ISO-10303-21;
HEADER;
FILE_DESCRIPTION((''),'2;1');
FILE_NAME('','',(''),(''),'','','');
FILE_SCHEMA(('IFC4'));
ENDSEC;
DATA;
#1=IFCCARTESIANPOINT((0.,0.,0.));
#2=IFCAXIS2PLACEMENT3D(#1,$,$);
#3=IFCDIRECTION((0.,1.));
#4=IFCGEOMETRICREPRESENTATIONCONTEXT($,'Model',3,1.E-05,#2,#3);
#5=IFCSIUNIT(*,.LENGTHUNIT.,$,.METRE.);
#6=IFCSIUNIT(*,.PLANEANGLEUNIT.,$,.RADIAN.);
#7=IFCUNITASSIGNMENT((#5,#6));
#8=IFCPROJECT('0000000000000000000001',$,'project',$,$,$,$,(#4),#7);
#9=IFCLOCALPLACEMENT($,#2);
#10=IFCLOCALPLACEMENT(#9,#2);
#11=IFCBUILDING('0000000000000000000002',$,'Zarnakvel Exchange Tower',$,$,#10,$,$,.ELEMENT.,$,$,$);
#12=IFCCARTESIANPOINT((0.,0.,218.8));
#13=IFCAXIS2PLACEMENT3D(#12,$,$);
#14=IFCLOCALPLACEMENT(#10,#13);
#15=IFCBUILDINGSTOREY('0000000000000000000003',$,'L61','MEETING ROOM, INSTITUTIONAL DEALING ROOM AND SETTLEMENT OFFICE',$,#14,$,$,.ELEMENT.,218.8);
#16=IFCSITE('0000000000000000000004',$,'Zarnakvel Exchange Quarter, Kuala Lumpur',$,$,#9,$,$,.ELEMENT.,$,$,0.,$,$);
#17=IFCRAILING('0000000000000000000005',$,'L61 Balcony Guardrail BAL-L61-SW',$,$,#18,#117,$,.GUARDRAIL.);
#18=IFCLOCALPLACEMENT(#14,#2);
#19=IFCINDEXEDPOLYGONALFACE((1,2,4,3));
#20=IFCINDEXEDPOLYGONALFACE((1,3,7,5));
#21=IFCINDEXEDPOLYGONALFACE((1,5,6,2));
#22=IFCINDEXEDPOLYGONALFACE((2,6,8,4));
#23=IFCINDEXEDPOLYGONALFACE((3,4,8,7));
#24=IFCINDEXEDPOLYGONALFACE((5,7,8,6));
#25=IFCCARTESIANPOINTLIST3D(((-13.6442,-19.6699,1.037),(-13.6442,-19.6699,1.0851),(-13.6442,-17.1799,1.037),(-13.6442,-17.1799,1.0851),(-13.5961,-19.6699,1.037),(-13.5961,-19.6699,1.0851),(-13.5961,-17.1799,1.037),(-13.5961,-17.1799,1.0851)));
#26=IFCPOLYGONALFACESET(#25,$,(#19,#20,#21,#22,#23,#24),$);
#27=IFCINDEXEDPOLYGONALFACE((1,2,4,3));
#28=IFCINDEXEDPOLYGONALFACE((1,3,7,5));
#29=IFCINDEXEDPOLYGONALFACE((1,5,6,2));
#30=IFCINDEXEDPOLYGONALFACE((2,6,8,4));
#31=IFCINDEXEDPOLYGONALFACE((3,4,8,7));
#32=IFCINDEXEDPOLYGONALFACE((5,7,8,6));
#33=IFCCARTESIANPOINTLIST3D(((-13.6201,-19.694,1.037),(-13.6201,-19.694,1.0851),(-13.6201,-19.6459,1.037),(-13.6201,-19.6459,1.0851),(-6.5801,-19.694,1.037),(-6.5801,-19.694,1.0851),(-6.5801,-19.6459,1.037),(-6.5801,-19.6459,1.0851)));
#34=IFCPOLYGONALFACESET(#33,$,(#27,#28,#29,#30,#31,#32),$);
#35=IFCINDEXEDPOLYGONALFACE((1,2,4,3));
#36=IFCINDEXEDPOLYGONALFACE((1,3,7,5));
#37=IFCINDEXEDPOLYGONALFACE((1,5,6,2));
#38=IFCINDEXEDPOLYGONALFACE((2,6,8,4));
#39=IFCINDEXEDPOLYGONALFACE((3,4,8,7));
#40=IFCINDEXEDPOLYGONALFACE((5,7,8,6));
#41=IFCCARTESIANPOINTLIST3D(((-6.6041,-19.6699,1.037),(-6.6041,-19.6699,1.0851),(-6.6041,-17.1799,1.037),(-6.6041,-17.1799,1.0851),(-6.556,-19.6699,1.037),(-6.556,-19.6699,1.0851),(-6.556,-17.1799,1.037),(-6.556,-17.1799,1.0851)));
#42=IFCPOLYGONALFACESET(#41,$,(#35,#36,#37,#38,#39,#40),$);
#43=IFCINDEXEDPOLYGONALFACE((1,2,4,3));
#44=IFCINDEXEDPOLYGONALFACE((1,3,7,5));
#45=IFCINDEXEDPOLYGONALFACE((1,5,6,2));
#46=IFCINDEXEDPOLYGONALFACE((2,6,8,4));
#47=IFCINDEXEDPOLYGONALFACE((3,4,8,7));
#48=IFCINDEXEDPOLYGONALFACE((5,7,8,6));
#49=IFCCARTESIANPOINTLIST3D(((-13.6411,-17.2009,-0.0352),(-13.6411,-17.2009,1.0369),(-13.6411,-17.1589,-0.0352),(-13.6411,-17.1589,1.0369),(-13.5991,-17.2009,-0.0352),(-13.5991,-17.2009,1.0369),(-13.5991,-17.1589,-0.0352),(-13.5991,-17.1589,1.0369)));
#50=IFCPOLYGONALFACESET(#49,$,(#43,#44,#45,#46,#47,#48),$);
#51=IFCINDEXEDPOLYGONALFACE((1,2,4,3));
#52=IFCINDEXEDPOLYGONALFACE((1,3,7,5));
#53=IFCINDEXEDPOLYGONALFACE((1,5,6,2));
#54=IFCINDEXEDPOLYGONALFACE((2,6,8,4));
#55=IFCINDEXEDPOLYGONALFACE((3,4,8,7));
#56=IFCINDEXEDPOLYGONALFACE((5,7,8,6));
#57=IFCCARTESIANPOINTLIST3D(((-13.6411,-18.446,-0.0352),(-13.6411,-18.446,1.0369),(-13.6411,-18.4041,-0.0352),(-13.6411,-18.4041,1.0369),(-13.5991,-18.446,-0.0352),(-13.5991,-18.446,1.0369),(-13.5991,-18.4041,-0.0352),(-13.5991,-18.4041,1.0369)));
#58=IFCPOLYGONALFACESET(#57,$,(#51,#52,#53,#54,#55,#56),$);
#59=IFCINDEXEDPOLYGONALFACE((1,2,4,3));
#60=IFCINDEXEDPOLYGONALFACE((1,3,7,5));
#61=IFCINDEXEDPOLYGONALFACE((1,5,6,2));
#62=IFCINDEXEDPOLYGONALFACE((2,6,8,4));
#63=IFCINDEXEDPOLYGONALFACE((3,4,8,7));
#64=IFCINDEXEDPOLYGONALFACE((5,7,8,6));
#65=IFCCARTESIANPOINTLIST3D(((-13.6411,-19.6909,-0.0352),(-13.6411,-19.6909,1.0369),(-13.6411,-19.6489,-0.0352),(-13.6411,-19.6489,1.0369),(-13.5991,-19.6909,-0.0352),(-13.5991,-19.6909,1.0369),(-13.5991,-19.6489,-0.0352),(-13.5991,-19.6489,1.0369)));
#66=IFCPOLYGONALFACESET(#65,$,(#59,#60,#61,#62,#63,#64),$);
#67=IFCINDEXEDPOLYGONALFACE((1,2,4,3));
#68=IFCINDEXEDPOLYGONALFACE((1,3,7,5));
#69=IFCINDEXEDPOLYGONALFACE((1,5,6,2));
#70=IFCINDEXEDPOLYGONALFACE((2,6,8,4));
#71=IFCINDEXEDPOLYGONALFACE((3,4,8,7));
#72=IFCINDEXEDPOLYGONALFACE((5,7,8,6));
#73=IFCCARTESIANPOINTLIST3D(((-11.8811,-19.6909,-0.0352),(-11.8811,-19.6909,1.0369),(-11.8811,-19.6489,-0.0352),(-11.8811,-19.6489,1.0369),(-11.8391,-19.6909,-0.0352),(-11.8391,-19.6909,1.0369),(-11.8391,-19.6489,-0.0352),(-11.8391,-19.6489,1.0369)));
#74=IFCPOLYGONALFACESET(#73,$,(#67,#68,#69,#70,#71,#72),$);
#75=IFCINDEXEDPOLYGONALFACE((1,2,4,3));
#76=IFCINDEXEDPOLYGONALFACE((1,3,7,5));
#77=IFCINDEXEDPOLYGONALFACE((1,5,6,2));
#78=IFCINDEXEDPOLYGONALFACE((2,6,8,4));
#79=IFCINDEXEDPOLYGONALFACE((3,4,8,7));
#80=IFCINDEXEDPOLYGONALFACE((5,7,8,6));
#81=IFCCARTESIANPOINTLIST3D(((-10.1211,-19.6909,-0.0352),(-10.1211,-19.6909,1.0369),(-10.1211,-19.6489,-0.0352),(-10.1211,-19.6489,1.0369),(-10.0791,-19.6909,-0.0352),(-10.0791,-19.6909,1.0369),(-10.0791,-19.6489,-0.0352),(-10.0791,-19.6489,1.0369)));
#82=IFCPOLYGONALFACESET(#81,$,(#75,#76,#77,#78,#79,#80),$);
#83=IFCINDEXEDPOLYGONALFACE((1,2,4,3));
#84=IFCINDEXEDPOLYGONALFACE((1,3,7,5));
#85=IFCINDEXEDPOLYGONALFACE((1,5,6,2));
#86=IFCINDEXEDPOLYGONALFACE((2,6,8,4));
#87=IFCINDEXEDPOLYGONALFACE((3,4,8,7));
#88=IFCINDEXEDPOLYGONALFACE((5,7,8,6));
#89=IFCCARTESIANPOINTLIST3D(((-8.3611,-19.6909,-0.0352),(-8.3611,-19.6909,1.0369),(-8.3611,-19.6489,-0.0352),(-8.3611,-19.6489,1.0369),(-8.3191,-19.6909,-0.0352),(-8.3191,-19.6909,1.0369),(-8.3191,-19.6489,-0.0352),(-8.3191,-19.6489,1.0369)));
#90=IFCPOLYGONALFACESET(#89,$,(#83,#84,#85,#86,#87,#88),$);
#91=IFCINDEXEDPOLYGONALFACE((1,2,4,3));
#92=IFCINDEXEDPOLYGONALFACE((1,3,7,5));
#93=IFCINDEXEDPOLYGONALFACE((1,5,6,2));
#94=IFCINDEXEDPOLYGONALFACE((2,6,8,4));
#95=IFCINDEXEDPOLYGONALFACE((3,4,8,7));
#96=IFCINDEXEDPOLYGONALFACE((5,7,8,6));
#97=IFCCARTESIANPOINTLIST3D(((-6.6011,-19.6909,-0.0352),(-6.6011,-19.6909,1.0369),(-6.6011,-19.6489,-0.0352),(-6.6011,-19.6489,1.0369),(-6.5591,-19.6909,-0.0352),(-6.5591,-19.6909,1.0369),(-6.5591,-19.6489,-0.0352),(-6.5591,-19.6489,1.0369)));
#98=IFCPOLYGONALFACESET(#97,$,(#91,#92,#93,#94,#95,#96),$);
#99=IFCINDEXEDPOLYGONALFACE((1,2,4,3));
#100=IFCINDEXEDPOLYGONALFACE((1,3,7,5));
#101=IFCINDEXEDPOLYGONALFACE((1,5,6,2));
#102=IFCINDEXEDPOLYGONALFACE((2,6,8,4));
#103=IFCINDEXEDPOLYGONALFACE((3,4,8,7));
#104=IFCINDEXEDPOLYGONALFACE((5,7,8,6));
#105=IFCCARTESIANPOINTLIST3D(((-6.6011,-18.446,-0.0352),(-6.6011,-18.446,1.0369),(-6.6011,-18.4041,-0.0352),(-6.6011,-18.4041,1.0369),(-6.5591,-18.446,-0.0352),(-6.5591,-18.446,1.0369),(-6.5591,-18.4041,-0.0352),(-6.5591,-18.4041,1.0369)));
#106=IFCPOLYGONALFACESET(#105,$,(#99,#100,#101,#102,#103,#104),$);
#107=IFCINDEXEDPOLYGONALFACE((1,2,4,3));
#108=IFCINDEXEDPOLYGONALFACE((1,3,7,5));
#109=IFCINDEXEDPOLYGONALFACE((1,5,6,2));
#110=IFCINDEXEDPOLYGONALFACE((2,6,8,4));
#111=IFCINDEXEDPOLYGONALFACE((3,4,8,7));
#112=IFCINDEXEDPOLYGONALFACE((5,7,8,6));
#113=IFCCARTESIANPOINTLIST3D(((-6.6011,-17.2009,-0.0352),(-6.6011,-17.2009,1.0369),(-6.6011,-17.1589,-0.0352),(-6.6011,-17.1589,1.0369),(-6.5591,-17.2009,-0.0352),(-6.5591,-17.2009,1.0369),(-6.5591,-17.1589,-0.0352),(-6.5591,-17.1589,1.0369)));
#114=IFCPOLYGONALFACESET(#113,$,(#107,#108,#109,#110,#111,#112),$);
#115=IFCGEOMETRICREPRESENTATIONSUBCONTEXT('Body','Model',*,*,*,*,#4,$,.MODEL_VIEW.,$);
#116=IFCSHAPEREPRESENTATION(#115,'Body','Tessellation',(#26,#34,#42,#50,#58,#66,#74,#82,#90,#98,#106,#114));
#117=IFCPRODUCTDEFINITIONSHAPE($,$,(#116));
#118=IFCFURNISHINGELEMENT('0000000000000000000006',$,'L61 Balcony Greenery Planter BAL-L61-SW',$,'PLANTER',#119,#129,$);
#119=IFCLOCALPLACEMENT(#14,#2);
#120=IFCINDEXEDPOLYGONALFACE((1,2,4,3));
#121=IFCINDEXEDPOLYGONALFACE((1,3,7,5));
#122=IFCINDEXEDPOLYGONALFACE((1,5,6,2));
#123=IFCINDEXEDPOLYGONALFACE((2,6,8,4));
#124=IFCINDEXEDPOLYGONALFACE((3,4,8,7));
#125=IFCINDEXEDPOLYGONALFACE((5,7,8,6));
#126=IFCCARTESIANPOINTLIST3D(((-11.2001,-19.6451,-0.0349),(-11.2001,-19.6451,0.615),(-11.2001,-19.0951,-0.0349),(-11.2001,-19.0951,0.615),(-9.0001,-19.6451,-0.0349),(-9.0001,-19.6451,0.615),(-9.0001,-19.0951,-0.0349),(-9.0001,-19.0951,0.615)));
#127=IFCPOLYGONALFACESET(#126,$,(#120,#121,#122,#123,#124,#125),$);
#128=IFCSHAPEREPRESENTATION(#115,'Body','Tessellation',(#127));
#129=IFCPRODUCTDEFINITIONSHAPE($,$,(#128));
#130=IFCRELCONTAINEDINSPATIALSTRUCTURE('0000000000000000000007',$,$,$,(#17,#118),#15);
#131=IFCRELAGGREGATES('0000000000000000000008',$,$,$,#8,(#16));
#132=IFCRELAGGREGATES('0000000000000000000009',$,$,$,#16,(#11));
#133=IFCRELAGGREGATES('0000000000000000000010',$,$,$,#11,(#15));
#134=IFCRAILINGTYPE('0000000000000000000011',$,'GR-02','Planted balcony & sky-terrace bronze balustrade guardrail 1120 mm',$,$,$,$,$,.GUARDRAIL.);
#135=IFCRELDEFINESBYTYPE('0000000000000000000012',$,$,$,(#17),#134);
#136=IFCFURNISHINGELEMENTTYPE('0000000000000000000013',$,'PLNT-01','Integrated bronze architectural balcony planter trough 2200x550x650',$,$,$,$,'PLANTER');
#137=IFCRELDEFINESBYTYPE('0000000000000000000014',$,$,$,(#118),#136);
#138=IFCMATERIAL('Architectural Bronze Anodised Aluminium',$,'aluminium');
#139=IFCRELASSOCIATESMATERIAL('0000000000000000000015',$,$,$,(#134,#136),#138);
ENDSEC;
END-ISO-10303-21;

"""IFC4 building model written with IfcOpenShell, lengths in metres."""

from ifc_helpers import new_model, si_unit, direction, frame, origin, origin_2d, place, context, subcontext, project, spatial, rectangle, extrude, source, transform, mapped, material, type_object, element, save


model = new_model("IFC4")

# Units and contexts
model_context = context("Model", 3, precision=1e-05, world=origin(), true_north=direction((0.0, 1.0)))
body_context = subcontext(model_context, "Body", "Model", "MODEL_VIEW")
ifc_project = project(units=[si_unit("LENGTHUNIT", "METRE"), si_unit("PLANEANGLEUNIT", "RADIAN")], contexts=[model_context])

# Site, building, storey
site_placement = place(None, origin())
site = spatial("IfcSite", under=ifc_project, at=site_placement, Name="Zarnakvel Exchange Quarter, Kuala Lumpur", CompositionType="ELEMENT", RefElevation=0.0)
building_placement = place(site_placement, origin())
building = spatial("IfcBuilding", under=site, at=building_placement, Name="Zarnakvel Exchange Tower", CompositionType="ELEMENT")
storey_placement = place(building_placement, frame((0.0, 0.0, 218.8)))
storey = spatial("IfcBuildingStorey", under=building, at=storey_placement, Name="L61", Description="MEETING ROOM, INSTITUTIONAL DEALING ROOM AND SETTLEMENT OFFICE", CompositionType="ELEMENT", Elevation=218.8)

# Shared definitions
ifc_material_1 = material(Name="Architectural Bronze Anodised Aluminium", Category="aluminium")

# Railing
railing_type = type_object("IfcRailingType", Name="GR-02", Description="Planted balcony & sky-terrace bronze balustrade guardrail 1120 mm", PredefinedType="GUARDRAIL", material=ifc_material_1)
railing_placement = place(storey_placement, frame((-13.6201, -17.1799, -0.0352)))
element("IfcRailing", 1, at=railing_placement, inside=storey, type_object=railing_type, Name="L61 Balcony Guardrail BAL-L61-SW", PredefinedType="GUARDRAIL", context=body_context, shape_type="SweptSolid", body=[
    extrude(rectangle(XDim=0.0481, YDim=0.0481, at=origin_2d()), frame((0.0, 0.0, 1.0962), z_axis=(0.0, -1.0, 0.0), x_axis=(1.0, 0.0, 0.0)), (0.0, 0.0, 1.0), 2.49),
    extrude(rectangle(XDim=0.0481, YDim=0.0481, at=origin_2d()), frame((0.0, -2.49, 1.0962), z_axis=(1.0, 0.0, 0.0), x_axis=(0.0, 1.0, 0.0)), (0.0, 0.0, 1.0), 7.04),
    extrude(rectangle(XDim=0.0481, YDim=0.0481, at=origin_2d()), frame((7.04, -2.49, 1.0962), z_axis=(0.0, 1.0, 0.0), x_axis=(-1.0, 0.0, 0.0)), (0.0, 0.0, 1.0), 2.49),
    extrude(rectangle(XDim=0.042, YDim=0.042, at=origin_2d()), origin(), (0.0, 0.0, 1.0), 1.072),
    extrude(rectangle(XDim=0.042, YDim=0.042, at=origin_2d()), frame((0.0, -1.2451, 0.0)), (0.0, 0.0, 1.0), 1.072),
    extrude(rectangle(XDim=0.042, YDim=0.042, at=origin_2d()), frame((0.0, -2.49, 0.0)), (0.0, 0.0, 1.0), 1.072),
    extrude(rectangle(XDim=0.042, YDim=0.042, at=origin_2d()), frame((1.76, -2.49, 0.0)), (0.0, 0.0, 1.0), 1.072),
    extrude(rectangle(XDim=0.042, YDim=0.042, at=origin_2d()), frame((3.52, -2.49, 0.0)), (0.0, 0.0, 1.0), 1.072),
    extrude(rectangle(XDim=0.042, YDim=0.042, at=origin_2d()), frame((5.28, -2.49, 0.0)), (0.0, 0.0, 1.0), 1.072),
    extrude(rectangle(XDim=0.042, YDim=0.042, at=origin_2d()), frame((7.04, -2.49, 0.0)), (0.0, 0.0, 1.0), 1.072),
    extrude(rectangle(XDim=0.042, YDim=0.042, at=origin_2d()), frame((7.04, -1.2451, 0.0)), (0.0, 0.0, 1.0), 1.072),
    extrude(rectangle(XDim=0.042, YDim=0.042, at=origin_2d()), frame((7.04, 0.0, 0.0)), (0.0, 0.0, 1.0), 1.072),
])

# Furnishing element
furnishing_element_type = type_object("IfcFurnishingElementType", Name="PLNT-01", Description="Integrated bronze architectural balcony planter trough 2200x550x650", ElementType="PLANTER", material=ifc_material_1)
shared_shape_1 = source(origin(), body_context, "Body", "SweptSolid", [
    extrude(rectangle(XDim=2.2, YDim=0.55, at=origin_2d()), origin(), (0.0, 0.0, 1.0), 0.6499),
])
furnishing_placement = place(storey_placement, frame((-10.1001, -19.3701, -0.0349), z_axis=(0.0, 0.0, 1.0), x_axis=(1.0, 0.0, 0.0)))
element("IfcFurnishingElement", 2, at=furnishing_placement, inside=storey, type_object=furnishing_element_type, Name="L61 Balcony Greenery Planter BAL-L61-SW", ObjectType="PLANTER", context=body_context, shape_type="MappedRepresentation", body=[
    mapped(shared_shape_1, transform((0.0, 0.0, 0.0), x_axis=(1.0, 0.0, 0.0), y_axis=(0.0, 1.0, 0.0), z_axis=(0.0, 0.0, 1.0), scale=1.0)),
])

save(model, "model.ifc")
